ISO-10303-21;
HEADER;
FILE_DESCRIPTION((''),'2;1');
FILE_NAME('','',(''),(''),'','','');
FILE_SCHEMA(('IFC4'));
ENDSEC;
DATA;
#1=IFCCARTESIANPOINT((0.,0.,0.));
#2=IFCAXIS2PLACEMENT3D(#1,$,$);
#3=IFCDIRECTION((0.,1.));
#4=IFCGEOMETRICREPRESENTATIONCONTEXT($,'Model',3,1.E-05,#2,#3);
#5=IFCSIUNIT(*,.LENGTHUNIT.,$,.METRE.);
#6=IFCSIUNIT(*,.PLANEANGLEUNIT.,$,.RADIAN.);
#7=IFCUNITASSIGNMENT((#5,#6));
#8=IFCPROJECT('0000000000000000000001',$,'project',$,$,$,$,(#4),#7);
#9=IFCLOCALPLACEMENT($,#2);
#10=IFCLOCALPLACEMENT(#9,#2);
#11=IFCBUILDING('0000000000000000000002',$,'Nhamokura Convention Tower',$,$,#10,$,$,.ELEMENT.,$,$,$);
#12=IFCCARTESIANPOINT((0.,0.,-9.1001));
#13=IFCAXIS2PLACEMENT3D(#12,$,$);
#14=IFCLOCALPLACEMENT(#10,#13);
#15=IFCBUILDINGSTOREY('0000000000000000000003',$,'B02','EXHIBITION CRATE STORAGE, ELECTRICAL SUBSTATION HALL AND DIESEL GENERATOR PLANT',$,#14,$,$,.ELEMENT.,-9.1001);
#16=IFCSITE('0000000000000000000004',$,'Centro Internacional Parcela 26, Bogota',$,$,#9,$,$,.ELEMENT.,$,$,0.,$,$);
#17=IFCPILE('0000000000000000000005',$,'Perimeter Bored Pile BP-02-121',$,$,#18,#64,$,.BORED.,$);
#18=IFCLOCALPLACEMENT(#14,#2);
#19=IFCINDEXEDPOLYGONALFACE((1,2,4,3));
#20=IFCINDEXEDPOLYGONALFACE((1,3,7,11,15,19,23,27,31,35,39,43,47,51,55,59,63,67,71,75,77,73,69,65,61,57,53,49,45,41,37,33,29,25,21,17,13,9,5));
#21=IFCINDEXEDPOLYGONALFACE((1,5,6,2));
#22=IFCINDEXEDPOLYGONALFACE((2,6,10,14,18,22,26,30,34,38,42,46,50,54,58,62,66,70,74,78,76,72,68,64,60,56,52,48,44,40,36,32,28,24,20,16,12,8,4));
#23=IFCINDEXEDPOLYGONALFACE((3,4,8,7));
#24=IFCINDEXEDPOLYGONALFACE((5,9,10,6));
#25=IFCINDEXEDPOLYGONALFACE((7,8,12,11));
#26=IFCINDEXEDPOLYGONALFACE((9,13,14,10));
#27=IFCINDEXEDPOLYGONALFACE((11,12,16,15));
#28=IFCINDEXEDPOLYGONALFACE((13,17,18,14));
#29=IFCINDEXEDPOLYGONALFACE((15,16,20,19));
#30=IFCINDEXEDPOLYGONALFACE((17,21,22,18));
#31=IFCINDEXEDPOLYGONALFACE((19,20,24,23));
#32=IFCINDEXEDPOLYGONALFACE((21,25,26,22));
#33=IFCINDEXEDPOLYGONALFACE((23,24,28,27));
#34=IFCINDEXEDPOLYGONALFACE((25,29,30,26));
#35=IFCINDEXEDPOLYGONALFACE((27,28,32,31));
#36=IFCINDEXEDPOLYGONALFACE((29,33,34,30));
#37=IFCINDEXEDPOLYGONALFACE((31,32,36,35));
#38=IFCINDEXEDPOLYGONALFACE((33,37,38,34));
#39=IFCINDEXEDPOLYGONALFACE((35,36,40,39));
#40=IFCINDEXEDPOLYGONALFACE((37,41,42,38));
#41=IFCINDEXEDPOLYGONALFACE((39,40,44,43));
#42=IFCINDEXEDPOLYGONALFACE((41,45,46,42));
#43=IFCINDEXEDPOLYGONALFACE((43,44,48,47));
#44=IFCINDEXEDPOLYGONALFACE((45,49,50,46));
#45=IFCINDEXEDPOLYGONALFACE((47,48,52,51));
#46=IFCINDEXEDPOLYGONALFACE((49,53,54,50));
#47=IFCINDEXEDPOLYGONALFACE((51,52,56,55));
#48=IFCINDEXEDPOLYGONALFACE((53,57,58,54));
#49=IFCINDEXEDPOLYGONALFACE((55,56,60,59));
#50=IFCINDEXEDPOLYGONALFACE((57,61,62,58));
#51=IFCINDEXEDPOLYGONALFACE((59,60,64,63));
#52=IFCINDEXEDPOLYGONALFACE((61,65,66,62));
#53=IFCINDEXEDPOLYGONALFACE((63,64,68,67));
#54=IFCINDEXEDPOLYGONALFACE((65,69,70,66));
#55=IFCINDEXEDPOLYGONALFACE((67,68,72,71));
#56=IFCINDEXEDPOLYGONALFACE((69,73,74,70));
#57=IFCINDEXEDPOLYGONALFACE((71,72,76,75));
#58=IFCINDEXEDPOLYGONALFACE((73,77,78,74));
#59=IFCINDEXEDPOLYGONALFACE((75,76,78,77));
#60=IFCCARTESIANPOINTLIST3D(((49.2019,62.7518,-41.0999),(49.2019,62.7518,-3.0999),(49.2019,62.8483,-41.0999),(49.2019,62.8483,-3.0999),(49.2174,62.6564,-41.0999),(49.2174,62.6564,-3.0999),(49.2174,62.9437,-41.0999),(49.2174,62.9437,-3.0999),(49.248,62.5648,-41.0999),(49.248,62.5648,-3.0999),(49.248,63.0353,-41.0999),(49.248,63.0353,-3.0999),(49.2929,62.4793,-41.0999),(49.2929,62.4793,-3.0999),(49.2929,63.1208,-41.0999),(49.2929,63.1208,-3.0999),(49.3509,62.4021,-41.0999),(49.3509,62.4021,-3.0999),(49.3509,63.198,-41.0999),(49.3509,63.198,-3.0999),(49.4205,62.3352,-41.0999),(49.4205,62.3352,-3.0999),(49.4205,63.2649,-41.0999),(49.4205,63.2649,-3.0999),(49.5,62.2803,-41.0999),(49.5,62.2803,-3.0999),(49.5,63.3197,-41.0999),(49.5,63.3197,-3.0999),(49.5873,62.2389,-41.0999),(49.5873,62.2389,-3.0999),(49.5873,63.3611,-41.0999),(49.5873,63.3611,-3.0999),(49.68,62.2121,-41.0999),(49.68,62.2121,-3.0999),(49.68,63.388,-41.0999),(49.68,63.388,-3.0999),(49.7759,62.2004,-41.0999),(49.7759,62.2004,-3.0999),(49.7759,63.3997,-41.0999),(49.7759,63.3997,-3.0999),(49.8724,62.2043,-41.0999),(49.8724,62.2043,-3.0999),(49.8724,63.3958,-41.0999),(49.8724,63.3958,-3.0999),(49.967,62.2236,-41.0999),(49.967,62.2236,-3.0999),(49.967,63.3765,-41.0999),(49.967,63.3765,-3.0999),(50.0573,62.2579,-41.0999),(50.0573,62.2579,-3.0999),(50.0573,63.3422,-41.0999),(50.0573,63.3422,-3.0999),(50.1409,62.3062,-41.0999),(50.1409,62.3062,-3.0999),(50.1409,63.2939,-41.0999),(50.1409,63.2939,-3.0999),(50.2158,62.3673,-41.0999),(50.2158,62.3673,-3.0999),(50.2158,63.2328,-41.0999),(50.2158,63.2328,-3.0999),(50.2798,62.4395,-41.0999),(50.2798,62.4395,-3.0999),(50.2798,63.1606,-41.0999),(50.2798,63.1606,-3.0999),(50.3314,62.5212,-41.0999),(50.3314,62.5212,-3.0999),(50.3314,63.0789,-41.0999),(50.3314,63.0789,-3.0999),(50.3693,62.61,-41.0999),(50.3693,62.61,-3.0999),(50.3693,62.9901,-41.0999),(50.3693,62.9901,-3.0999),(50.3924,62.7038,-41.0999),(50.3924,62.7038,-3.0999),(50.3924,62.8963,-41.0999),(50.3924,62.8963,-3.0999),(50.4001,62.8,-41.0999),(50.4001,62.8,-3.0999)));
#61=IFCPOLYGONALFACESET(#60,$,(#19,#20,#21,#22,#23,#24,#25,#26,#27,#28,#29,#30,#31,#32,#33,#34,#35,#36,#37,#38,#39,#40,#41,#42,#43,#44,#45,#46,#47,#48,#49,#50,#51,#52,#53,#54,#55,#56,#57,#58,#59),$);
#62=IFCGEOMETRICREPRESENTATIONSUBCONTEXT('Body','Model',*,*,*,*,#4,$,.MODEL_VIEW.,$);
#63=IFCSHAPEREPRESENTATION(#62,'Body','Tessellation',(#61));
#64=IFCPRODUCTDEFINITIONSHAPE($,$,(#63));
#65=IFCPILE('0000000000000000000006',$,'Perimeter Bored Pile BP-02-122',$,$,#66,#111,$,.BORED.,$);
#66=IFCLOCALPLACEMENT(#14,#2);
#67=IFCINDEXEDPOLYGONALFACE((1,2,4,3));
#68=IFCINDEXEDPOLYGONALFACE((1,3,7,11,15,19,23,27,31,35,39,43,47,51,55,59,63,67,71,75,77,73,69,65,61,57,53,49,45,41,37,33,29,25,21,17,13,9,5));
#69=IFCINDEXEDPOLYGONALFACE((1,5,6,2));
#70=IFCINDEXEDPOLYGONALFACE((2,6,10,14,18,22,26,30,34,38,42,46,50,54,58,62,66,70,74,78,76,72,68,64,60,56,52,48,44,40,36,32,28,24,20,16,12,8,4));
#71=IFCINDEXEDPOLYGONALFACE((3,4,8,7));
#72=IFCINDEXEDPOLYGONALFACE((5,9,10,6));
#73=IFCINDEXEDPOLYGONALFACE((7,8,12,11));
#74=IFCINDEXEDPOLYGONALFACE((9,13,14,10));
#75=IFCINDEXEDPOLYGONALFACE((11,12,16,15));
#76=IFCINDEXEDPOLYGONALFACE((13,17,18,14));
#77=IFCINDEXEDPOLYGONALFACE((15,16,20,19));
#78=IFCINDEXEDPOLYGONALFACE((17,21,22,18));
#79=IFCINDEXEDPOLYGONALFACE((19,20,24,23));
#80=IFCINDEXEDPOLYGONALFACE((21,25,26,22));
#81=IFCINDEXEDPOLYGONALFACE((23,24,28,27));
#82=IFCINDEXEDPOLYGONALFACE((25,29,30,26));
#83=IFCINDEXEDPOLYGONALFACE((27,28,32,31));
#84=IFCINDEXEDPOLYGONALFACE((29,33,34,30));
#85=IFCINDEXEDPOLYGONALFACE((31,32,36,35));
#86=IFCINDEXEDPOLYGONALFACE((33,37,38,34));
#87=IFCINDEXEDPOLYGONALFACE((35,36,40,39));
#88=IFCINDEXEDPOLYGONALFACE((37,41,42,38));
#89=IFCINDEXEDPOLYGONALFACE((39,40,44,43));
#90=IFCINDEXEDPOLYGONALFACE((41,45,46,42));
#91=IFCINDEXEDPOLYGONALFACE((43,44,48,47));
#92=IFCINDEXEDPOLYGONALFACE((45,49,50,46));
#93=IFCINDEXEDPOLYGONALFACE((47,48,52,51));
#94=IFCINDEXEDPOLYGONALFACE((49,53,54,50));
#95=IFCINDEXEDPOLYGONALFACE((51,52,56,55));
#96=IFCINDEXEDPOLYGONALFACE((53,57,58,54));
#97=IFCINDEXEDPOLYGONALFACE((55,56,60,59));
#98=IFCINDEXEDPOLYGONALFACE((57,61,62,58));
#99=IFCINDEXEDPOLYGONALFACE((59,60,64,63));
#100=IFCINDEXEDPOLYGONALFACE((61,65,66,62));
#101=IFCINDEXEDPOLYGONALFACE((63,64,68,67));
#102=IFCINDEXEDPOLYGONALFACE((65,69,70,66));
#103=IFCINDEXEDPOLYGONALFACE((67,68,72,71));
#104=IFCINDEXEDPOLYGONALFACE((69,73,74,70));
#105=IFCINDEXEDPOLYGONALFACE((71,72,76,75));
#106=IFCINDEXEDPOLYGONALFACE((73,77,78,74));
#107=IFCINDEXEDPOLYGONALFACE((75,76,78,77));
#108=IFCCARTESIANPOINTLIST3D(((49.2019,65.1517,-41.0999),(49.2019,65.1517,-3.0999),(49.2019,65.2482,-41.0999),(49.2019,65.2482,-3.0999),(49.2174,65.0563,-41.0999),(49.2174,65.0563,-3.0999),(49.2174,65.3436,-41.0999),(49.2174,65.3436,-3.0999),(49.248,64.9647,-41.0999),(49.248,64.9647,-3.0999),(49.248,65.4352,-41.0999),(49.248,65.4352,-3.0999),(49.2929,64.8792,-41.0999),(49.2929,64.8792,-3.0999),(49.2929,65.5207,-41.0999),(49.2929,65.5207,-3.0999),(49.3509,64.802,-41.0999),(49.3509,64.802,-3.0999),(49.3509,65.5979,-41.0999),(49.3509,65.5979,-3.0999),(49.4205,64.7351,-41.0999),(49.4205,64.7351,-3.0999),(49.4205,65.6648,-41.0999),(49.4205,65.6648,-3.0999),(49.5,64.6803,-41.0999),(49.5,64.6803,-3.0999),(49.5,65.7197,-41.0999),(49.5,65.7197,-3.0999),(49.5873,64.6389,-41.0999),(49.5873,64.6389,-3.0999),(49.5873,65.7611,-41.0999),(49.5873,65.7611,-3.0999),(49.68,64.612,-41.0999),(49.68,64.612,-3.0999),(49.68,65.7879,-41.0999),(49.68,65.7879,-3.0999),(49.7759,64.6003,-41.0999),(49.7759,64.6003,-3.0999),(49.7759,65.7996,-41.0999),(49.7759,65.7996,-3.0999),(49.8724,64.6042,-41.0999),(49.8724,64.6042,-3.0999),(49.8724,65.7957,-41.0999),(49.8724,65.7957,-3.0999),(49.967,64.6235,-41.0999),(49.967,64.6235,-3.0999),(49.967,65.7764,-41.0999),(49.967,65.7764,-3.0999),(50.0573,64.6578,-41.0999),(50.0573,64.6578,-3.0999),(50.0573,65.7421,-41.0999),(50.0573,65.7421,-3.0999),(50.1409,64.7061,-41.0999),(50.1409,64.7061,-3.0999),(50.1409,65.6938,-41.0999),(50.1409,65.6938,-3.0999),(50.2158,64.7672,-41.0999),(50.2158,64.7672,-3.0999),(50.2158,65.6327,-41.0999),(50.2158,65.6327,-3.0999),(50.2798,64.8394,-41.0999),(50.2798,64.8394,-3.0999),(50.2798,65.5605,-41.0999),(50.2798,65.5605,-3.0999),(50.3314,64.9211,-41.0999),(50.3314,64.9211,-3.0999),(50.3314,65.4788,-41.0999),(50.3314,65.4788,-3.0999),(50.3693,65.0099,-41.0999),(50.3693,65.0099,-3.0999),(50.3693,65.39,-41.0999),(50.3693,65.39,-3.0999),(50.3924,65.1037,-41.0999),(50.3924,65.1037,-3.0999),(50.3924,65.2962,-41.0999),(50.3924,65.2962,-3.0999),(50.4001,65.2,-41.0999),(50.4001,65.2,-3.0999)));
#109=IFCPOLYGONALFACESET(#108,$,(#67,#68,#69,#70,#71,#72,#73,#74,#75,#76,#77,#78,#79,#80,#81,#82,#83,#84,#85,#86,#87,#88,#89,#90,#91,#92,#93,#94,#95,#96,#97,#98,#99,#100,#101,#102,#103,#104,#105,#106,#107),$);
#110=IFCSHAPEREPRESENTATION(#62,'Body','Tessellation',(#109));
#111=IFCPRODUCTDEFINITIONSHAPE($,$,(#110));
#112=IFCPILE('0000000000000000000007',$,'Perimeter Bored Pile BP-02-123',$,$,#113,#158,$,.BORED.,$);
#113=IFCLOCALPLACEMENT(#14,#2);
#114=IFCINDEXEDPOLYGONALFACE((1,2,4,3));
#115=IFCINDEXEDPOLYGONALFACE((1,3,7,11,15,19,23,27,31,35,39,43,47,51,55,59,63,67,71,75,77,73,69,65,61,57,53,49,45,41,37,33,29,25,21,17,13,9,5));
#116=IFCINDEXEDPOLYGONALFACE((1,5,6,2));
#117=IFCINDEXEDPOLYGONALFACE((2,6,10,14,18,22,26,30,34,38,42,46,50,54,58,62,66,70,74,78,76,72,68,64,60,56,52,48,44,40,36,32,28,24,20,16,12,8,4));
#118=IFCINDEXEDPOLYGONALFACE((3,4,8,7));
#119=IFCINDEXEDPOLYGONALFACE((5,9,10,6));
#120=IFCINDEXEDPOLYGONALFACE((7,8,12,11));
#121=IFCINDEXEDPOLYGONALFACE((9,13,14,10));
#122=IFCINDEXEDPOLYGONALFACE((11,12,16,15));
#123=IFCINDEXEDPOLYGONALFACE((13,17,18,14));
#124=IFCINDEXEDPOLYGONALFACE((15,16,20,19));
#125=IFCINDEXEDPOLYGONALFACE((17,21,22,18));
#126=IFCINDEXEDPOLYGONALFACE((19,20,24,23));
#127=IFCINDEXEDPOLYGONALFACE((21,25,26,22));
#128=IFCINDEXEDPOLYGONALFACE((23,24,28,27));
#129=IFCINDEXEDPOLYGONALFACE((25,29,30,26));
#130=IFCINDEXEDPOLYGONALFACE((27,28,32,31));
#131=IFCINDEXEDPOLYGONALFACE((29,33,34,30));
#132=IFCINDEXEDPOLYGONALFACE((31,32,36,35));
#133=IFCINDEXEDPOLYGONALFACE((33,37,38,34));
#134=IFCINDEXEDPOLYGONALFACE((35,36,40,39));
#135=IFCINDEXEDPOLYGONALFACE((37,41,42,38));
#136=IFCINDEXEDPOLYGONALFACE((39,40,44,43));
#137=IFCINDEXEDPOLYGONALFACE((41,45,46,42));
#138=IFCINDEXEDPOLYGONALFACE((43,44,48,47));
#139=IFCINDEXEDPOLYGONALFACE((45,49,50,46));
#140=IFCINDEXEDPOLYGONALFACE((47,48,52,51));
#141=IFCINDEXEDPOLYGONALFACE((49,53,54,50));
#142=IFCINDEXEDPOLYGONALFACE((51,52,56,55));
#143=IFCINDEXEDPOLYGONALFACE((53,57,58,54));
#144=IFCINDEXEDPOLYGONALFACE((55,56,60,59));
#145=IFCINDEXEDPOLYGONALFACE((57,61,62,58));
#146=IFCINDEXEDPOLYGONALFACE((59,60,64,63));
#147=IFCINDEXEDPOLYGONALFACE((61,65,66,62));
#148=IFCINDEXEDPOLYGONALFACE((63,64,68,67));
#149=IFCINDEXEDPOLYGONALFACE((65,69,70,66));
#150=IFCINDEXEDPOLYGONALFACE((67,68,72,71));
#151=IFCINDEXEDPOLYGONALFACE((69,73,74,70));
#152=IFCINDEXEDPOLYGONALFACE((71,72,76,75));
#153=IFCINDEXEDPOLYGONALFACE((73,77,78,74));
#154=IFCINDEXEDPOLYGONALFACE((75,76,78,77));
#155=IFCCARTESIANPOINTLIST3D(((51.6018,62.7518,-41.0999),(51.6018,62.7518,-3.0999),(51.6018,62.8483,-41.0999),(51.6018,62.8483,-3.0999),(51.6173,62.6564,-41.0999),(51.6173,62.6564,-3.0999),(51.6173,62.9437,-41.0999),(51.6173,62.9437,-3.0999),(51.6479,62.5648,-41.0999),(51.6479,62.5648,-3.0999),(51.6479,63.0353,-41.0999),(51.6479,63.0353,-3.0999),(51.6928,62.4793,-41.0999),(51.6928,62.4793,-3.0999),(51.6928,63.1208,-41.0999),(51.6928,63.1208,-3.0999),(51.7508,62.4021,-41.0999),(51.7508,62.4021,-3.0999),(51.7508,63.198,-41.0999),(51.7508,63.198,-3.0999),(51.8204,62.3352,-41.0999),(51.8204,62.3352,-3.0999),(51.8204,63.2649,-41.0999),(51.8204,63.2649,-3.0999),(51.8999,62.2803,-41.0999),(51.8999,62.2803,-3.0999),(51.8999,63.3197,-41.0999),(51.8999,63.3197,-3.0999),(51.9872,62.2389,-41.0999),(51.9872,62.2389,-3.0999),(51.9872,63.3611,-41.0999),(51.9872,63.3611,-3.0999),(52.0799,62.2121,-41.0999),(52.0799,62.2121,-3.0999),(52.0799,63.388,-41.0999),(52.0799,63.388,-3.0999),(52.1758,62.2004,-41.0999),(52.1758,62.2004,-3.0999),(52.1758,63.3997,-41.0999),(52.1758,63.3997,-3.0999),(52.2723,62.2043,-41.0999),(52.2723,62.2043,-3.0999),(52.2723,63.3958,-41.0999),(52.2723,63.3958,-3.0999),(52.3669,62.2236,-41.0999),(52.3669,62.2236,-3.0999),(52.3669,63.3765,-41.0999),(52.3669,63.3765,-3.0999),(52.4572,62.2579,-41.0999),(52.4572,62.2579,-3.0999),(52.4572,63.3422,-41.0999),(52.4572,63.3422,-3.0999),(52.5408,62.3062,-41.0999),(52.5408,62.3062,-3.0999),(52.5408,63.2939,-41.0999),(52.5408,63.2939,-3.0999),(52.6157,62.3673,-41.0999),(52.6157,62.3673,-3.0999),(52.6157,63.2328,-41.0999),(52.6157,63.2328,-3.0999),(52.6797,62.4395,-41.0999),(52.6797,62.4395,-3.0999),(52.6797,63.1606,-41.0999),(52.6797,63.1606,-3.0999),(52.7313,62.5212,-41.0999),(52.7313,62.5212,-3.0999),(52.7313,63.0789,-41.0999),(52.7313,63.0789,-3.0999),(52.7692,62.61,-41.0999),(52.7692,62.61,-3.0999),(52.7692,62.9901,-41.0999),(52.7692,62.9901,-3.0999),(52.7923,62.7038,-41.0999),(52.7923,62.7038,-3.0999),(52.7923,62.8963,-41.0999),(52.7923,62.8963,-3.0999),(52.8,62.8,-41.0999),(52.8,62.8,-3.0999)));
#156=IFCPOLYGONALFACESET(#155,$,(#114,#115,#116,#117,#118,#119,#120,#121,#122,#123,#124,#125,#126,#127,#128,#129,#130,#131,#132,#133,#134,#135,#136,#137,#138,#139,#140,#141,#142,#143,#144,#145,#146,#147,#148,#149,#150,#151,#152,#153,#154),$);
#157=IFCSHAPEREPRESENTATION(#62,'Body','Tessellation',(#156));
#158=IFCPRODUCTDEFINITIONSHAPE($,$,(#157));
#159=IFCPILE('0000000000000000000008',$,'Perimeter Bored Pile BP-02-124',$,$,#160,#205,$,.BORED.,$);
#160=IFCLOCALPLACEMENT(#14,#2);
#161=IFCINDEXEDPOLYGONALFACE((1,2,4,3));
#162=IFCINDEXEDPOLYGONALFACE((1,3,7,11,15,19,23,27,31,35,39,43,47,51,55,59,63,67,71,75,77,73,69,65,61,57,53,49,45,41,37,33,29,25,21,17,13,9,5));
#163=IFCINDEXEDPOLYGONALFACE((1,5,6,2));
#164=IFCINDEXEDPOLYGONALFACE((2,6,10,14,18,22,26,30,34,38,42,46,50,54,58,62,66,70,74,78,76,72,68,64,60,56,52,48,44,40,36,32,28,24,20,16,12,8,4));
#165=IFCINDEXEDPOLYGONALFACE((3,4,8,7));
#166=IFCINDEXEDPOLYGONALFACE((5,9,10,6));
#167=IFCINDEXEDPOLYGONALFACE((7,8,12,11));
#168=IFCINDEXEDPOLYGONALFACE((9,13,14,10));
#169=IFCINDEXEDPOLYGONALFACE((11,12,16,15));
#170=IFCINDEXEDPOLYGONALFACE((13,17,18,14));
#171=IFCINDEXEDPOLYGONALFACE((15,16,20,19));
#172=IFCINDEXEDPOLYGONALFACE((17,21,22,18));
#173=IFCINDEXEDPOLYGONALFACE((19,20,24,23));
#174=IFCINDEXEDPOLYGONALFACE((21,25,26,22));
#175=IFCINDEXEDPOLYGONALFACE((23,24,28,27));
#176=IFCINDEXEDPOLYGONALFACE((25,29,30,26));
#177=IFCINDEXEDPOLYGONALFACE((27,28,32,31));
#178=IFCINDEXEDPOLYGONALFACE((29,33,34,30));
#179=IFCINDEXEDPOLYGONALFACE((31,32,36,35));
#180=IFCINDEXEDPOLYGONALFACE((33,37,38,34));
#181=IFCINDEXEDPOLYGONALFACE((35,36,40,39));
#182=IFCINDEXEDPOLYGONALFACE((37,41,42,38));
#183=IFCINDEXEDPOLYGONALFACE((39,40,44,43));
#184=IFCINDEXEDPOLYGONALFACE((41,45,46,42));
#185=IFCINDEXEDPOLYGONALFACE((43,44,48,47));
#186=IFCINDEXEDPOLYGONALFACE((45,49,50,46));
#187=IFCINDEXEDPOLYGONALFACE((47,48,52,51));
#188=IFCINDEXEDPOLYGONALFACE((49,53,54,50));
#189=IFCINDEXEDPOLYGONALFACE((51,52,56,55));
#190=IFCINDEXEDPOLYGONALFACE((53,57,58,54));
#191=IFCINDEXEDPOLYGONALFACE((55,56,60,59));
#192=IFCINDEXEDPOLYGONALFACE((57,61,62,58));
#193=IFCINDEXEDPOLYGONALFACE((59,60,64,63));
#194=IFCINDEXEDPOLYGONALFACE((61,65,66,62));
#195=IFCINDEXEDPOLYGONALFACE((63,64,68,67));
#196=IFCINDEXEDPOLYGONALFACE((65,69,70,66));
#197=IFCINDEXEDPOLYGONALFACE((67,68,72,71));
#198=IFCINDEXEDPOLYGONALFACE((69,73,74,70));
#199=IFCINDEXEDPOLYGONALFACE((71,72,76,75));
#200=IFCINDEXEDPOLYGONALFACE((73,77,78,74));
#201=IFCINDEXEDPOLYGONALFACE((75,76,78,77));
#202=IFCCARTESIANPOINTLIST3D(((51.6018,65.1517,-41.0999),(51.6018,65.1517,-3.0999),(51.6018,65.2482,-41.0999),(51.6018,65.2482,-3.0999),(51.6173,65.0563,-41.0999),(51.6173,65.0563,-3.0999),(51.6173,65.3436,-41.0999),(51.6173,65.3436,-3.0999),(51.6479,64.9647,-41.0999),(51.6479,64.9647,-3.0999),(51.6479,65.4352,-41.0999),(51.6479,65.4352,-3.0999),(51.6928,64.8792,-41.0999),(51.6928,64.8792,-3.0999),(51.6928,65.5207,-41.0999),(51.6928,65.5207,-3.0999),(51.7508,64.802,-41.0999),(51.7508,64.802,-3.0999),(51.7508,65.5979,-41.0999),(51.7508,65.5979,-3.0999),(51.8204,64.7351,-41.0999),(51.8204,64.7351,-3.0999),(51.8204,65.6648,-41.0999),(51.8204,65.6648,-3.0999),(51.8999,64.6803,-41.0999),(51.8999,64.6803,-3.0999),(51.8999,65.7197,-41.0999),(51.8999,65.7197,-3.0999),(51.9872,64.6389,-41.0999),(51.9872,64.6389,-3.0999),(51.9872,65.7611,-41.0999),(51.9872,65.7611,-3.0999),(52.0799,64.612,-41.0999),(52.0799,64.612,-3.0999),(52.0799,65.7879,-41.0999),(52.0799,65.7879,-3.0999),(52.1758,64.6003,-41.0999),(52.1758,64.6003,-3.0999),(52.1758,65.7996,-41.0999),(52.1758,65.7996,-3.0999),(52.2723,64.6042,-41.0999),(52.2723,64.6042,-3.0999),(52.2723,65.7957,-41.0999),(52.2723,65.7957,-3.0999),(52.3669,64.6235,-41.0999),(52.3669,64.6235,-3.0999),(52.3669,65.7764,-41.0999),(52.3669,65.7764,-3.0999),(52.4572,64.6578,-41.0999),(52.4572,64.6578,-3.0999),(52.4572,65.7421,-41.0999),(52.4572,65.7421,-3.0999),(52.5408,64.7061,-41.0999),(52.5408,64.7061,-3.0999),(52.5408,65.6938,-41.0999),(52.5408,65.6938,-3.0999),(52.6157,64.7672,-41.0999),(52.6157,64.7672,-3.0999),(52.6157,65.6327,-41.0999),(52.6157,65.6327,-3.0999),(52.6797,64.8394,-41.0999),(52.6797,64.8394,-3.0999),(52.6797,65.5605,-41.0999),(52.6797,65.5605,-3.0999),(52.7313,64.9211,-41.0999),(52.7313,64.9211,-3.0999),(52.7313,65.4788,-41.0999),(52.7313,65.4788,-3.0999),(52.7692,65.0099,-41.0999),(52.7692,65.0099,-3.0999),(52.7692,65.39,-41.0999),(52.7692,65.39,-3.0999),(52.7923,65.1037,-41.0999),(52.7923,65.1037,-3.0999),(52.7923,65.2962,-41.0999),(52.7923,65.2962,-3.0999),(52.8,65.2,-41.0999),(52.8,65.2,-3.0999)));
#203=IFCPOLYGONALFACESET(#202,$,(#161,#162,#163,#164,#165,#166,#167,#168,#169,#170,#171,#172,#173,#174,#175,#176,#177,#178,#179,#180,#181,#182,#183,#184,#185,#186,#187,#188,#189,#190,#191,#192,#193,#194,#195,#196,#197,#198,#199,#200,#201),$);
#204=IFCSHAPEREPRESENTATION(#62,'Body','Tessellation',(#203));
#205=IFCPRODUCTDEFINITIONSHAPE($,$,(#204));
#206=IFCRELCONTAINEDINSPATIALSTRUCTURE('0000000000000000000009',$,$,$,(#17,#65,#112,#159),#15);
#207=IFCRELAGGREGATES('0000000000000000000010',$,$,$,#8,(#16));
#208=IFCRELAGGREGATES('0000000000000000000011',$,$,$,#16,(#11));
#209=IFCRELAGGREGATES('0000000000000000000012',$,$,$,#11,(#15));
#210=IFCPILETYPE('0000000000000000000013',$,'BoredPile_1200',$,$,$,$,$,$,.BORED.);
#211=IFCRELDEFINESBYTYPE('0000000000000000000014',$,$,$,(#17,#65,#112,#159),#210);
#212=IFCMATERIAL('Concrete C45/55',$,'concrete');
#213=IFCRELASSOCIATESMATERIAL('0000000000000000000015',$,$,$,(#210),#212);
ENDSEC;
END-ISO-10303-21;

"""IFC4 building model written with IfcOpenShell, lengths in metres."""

from ifc_helpers import new_model, si_unit, direction, frame, origin, origin_2d, place, context, subcontext, project, spatial, circle, extrude, material, material_profile, profile_set, type_object, element, save


model = new_model("IFC4")

# Units and contexts
model_context = context("Model", 3, precision=1e-05, world=origin(), true_north=direction((0.0, 1.0)))
body_context = subcontext(model_context, "Body", "Model", "MODEL_VIEW")
ifc_project = project(units=[si_unit("LENGTHUNIT", "METRE"), si_unit("PLANEANGLEUNIT", "RADIAN")], contexts=[model_context])

# Site, building, storey
site_placement = place(None, origin())
site = spatial("IfcSite", under=ifc_project, at=site_placement, Name="Centro Internacional Parcela 26, Bogota", CompositionType="ELEMENT", RefElevation=0.0)
building_placement = place(site_placement, origin())
building = spatial("IfcBuilding", under=site, at=building_placement, Name="Nhamokura Convention Tower", CompositionType="ELEMENT")
storey_placement = place(building_placement, frame((0.0, 0.0, -9.1001)))
storey = spatial("IfcBuildingStorey", under=building, at=storey_placement, Name="B02", Description="EXHIBITION CRATE STORAGE, ELECTRICAL SUBSTATION HALL AND DIESEL GENERATOR PLANT", CompositionType="ELEMENT", Elevation=-9.1001)

# Piles
ifc_material_1 = material(Name="Concrete C45/55", Category="concrete")
ifc_material_profile_1 = material_profile(ifc_material_1, circle(Radius=0.6001, at=origin_2d()))
ifc_profile_set_1 = profile_set([ifc_material_profile_1], Name="Concrete C45/55")
pile_type = type_object("IfcPileType", Name="BoredPile_1200", PredefinedType="BORED", material=ifc_profile_set_1)
for number, where, z_axis, x_axis, name in (
    (1, (49.8, 62.8, -3.0999), (0.0, 0.0, -1.0), (1.0, 0.0, 0.0), "Perimeter Bored Pile BP-02-121"),
    (2, (49.8, 65.2, -3.0999), (0.0, 0.0, -1.0), (1.0, 0.0, 0.0), "Perimeter Bored Pile BP-02-122"),
    (3, (52.2, 62.8, -3.0999), (0.0, 0.0, -1.0), (1.0, 0.0, 0.0), "Perimeter Bored Pile BP-02-123"),
    (4, (52.2, 65.2, -3.0999), (0.0, 0.0, -1.0), (1.0, 0.0, 0.0), "Perimeter Bored Pile BP-02-124"),
):
    element("IfcPile", number, at=place(storey_placement, frame(where, z_axis=z_axis, x_axis=x_axis)), inside=storey, type_object=pile_type, Name=name, PredefinedType="BORED", context=body_context, shape_type="SweptSolid", body=[
        extrude(circle(Radius=0.6001, at=origin_2d()), origin(), (0.0, 0.0, 1.0), 38.0),
    ])

save(model, "model.ifc")
